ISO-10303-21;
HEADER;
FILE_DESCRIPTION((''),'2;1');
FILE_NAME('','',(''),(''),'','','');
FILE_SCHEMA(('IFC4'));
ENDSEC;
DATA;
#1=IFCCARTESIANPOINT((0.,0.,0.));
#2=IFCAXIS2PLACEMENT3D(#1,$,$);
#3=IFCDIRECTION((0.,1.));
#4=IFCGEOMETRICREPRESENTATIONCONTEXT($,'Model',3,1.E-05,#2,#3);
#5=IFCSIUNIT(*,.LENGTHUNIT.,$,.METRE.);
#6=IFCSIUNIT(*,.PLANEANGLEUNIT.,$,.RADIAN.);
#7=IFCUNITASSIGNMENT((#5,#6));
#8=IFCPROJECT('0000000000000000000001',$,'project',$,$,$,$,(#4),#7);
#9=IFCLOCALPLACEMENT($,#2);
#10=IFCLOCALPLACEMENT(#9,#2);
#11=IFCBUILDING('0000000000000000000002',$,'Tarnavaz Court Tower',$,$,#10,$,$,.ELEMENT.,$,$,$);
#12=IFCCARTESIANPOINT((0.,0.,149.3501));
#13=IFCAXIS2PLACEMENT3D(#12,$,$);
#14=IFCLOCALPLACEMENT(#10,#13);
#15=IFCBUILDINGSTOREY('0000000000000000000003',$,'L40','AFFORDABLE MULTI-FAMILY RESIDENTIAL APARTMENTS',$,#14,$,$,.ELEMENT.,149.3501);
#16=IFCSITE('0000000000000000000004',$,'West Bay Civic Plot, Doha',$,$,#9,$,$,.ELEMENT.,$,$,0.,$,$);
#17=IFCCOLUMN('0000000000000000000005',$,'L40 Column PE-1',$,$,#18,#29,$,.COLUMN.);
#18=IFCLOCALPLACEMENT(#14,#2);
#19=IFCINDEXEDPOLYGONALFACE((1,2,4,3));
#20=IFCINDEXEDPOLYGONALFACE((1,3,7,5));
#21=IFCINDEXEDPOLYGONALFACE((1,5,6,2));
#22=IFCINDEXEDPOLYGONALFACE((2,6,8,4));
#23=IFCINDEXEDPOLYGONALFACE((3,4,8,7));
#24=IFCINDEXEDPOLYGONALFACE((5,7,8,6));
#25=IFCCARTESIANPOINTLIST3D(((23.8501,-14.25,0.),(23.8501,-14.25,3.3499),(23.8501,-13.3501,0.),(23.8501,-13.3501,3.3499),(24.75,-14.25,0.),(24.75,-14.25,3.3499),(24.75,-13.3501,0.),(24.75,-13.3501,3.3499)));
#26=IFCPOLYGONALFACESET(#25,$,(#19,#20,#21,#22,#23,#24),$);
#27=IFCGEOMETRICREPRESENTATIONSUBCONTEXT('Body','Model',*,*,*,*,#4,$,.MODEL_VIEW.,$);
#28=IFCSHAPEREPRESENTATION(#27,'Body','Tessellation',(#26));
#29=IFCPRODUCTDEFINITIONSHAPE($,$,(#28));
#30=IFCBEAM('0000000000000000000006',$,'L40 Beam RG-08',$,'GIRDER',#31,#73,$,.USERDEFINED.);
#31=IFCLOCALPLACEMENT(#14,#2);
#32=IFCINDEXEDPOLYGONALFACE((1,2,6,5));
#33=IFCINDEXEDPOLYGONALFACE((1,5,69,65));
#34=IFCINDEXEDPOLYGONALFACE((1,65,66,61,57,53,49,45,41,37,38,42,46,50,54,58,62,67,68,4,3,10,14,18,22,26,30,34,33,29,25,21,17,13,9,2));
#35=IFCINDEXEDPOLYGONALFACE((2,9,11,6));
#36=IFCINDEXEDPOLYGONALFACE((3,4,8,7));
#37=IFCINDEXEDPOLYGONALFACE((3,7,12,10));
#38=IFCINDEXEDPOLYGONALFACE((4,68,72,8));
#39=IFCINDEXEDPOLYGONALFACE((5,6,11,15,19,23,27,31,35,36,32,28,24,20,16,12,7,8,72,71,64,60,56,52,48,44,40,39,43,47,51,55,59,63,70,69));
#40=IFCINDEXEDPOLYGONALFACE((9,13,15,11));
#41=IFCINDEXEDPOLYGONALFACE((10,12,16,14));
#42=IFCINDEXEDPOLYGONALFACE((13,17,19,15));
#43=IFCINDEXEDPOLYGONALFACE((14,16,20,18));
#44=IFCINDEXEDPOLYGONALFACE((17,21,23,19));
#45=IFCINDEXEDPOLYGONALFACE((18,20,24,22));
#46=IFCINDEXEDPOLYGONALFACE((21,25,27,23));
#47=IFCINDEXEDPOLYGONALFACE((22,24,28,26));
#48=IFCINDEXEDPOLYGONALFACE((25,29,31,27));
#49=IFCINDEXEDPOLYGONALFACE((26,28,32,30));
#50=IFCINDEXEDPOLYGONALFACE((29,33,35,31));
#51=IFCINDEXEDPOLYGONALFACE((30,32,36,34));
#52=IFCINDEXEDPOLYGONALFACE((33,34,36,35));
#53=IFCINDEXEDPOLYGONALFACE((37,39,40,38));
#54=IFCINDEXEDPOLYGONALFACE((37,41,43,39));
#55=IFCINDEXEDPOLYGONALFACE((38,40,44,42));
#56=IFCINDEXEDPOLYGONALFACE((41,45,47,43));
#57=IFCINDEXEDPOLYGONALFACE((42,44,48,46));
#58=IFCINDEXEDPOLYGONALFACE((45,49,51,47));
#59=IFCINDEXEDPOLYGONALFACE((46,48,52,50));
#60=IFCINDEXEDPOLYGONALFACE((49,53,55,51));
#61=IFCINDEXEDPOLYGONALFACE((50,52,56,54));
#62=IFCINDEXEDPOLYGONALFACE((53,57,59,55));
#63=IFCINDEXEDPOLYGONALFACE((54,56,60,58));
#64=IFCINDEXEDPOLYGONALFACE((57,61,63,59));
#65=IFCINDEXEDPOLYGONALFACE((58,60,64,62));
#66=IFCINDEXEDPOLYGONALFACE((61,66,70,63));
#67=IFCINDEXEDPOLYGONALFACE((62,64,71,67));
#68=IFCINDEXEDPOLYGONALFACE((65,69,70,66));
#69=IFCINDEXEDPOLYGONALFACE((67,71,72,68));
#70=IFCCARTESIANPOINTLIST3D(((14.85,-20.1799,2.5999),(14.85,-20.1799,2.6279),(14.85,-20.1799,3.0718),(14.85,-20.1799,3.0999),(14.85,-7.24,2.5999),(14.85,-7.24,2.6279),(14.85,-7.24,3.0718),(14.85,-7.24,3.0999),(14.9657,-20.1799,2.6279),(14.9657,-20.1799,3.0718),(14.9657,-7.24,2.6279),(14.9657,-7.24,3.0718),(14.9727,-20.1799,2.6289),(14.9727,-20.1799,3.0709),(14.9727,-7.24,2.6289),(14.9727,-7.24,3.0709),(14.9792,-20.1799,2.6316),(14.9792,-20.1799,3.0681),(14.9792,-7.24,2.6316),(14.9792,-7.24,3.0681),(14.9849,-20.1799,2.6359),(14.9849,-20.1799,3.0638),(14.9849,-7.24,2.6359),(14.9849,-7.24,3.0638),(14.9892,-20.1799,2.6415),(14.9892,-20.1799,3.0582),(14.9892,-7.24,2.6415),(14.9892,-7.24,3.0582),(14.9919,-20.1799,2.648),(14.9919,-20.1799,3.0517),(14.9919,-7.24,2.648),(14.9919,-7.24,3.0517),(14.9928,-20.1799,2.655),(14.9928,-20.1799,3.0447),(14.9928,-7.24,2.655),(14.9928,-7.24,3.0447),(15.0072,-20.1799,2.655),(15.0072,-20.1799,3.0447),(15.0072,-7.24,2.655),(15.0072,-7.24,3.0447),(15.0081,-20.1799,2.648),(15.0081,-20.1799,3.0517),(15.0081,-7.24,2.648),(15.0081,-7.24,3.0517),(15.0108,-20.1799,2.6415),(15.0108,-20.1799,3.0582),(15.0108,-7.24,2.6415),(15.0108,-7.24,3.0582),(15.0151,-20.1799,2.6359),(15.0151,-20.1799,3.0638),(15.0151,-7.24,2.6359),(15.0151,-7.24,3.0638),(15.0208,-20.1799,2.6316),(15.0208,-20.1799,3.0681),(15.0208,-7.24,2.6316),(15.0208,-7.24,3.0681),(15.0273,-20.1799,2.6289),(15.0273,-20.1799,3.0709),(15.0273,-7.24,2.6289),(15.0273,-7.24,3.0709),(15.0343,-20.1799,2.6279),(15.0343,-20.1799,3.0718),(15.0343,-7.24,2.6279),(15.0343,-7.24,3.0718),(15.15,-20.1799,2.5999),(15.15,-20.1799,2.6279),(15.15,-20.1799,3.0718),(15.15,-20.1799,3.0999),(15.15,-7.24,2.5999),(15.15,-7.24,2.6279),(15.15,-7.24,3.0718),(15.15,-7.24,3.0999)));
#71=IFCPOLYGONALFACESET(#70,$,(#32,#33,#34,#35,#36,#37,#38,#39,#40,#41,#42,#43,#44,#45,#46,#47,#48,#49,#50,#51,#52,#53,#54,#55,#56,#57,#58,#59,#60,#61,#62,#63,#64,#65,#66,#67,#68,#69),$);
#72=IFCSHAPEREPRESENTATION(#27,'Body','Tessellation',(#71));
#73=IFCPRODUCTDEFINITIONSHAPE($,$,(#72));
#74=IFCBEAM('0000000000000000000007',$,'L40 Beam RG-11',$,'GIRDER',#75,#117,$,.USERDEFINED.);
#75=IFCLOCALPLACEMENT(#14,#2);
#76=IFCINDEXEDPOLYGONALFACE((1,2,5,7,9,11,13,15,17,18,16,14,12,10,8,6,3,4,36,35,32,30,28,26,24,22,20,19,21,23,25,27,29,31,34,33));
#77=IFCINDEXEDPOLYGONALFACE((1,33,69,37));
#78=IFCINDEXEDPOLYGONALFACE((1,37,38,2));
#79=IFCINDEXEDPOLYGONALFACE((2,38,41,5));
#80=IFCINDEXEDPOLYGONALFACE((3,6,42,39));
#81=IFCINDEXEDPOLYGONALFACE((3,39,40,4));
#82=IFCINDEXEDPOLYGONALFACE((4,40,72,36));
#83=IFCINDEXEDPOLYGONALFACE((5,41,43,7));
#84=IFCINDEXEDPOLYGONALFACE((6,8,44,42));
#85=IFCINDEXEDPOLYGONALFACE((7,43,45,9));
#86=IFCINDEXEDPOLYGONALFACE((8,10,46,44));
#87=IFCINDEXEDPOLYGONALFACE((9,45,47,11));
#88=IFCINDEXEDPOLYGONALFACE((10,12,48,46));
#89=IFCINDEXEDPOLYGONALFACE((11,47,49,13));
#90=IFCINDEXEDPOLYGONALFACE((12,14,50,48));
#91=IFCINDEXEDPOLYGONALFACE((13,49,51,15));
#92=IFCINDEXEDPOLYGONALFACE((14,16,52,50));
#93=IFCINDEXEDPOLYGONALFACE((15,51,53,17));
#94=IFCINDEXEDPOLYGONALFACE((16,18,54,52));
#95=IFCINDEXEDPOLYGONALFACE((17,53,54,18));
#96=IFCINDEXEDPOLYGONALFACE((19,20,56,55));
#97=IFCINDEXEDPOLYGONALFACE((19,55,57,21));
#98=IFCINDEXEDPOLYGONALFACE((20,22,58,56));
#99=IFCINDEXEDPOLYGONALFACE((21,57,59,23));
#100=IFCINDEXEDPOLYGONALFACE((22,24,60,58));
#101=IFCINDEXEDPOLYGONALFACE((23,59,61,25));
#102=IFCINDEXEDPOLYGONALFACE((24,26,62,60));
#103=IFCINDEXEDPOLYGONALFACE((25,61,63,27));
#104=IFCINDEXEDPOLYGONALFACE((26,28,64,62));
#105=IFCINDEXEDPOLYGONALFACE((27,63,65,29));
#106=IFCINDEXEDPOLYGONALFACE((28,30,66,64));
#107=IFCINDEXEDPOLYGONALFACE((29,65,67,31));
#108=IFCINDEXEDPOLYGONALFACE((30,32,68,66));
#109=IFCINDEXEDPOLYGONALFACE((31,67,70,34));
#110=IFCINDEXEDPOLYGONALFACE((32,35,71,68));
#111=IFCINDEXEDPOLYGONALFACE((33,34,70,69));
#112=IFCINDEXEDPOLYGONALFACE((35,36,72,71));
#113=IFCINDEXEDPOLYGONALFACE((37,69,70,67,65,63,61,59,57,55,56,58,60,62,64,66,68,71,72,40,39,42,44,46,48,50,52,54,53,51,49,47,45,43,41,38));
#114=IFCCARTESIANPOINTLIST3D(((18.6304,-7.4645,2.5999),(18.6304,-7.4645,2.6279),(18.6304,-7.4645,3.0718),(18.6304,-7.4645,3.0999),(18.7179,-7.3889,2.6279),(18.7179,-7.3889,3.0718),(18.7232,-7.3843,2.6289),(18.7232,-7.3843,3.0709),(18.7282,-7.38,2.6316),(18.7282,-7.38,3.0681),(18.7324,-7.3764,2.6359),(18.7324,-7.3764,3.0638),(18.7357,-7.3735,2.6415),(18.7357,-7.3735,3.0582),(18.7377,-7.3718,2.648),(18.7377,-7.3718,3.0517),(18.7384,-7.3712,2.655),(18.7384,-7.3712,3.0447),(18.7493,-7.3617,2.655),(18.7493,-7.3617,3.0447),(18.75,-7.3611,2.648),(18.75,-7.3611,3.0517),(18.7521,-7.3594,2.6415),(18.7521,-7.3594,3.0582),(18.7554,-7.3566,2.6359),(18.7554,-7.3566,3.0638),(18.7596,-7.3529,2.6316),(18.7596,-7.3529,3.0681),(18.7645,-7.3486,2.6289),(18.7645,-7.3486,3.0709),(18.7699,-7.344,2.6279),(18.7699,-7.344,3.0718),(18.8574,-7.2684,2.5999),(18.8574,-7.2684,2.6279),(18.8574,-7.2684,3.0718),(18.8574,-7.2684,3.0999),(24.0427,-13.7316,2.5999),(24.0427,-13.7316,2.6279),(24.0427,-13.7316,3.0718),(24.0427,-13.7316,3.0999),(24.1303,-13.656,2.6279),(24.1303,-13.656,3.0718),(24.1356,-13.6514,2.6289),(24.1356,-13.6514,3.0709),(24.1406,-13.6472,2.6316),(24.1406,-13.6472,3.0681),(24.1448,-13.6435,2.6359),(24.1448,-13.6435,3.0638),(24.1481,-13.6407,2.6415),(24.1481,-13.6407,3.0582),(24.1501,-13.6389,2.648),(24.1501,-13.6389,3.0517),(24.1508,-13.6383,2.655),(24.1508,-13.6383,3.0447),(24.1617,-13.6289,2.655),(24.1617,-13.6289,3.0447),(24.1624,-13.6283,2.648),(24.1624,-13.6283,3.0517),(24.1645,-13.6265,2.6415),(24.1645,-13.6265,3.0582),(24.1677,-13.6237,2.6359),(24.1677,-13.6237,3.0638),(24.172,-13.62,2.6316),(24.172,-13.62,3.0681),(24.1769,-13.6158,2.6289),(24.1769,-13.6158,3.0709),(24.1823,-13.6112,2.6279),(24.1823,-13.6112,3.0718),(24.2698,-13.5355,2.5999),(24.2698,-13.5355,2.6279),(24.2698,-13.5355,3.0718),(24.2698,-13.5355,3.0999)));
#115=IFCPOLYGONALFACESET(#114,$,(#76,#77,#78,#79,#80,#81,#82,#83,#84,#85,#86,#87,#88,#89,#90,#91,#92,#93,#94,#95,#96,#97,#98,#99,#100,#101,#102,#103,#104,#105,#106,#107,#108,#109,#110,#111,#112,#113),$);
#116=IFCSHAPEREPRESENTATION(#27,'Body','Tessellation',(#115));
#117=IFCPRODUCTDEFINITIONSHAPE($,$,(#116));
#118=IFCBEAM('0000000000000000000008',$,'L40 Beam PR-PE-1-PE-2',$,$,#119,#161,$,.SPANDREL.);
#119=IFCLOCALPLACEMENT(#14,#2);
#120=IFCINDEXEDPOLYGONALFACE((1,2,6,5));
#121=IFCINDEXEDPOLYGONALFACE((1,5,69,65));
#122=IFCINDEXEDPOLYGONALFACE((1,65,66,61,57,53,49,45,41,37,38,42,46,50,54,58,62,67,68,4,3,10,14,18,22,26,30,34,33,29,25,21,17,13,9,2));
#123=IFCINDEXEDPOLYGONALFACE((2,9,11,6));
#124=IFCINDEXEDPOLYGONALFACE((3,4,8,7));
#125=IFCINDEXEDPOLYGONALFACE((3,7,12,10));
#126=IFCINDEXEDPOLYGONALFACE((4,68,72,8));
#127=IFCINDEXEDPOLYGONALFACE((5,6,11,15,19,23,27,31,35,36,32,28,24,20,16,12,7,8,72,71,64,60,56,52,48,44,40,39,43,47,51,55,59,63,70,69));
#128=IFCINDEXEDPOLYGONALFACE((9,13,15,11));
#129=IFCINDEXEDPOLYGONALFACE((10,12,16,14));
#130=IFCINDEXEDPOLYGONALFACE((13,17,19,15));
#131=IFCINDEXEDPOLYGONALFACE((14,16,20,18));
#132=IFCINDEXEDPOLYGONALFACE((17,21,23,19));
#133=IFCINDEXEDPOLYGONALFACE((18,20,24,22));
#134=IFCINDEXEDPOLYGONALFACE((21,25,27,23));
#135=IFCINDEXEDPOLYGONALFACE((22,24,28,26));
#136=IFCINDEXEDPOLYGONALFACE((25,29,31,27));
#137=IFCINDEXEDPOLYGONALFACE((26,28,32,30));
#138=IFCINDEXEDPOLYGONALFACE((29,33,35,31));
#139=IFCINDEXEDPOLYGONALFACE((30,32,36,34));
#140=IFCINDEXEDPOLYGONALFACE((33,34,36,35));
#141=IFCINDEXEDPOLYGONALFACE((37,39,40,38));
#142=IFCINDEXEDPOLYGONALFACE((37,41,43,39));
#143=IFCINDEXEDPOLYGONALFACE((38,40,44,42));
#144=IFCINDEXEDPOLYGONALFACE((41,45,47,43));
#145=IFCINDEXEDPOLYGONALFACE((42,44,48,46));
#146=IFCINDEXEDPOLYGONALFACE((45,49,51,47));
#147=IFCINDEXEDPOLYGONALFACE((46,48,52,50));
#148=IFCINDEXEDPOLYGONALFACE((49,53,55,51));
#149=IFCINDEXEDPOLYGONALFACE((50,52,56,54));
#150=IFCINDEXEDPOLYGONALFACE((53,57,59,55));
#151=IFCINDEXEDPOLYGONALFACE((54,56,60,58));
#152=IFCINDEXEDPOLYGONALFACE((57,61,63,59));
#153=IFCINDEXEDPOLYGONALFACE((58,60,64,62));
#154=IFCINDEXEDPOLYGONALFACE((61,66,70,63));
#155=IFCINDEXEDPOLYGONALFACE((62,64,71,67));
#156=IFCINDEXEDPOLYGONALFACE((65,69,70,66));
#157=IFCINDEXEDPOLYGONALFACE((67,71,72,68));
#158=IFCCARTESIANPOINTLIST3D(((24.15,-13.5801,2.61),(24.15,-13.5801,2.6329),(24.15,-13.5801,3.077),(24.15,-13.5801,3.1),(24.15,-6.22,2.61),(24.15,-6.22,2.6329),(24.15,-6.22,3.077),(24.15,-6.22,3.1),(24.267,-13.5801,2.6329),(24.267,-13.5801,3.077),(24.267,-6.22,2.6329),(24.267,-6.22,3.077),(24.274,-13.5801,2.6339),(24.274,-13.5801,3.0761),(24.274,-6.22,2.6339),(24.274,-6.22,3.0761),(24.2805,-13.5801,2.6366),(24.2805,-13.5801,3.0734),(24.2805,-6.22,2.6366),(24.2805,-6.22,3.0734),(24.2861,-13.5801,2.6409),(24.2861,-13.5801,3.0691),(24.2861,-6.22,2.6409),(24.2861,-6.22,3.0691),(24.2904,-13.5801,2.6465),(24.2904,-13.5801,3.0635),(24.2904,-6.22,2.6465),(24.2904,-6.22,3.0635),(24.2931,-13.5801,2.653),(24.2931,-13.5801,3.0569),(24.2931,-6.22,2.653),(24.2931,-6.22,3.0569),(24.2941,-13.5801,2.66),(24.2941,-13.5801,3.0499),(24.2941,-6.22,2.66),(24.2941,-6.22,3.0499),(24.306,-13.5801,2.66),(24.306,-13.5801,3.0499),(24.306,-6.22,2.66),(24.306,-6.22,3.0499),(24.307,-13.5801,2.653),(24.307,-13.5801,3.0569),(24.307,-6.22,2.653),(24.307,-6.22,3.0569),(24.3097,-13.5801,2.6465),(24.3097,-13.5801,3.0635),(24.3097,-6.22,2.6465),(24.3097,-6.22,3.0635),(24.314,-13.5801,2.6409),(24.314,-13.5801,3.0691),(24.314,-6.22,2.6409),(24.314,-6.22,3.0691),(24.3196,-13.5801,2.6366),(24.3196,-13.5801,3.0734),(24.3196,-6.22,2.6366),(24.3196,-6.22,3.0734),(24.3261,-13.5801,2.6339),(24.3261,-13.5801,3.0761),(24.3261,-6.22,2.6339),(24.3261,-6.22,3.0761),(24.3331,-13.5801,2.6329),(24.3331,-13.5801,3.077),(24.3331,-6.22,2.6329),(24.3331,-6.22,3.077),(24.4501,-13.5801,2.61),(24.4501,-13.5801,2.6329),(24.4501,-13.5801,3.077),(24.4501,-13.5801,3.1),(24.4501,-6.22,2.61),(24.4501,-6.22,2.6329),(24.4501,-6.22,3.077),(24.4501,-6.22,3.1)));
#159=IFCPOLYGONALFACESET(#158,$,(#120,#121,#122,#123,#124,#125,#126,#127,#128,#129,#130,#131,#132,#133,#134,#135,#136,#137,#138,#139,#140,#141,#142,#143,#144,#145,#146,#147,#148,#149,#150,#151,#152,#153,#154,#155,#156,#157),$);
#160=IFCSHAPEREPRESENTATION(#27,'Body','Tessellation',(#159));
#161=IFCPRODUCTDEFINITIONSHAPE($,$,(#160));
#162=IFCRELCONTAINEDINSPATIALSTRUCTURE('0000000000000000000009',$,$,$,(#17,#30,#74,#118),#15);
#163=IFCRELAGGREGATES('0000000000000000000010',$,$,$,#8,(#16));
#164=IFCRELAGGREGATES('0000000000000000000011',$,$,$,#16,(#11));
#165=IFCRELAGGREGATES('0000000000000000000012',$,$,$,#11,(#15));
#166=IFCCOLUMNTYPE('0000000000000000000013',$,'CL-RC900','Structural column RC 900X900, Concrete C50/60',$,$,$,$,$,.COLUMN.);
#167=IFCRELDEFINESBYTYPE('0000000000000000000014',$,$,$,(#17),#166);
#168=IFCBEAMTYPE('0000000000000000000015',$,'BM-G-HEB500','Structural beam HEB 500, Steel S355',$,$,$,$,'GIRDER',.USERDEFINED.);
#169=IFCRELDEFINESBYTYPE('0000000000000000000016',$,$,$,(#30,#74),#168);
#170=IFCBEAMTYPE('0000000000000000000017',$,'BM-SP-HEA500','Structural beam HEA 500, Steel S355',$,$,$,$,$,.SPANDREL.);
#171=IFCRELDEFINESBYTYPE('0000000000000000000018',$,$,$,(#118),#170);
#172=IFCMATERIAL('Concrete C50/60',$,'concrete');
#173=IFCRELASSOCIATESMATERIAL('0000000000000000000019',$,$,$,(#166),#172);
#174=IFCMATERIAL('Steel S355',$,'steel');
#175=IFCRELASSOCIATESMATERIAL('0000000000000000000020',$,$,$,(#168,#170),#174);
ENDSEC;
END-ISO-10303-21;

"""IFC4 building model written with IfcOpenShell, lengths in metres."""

from ifc_helpers import new_model, si_unit, direction, frame, origin, origin_2d, place, context, subcontext, project, spatial, rectangle, i_section, extrude, material, material_profile, profile_set, type_object, element, save


model = new_model("IFC4")

# Units and contexts
model_context = context("Model", 3, precision=1e-05, world=origin(), true_north=direction((0.0, 1.0)))
body_context = subcontext(model_context, "Body", "Model", "MODEL_VIEW")
ifc_project = project(units=[si_unit("LENGTHUNIT", "METRE"), si_unit("PLANEANGLEUNIT", "RADIAN")], contexts=[model_context])

# Site, building, storey
site_placement = place(None, origin())
site = spatial("IfcSite", under=ifc_project, at=site_placement, Name="West Bay Civic Plot, Doha", CompositionType="ELEMENT", RefElevation=0.0)
building_placement = place(site_placement, origin())
building = spatial("IfcBuilding", under=site, at=building_placement, Name="Tarnavaz Court Tower", CompositionType="ELEMENT")
storey_placement = place(building_placement, frame((0.0, 0.0, 149.3501)))
storey = spatial("IfcBuildingStorey", under=building, at=storey_placement, Name="L40", Description="AFFORDABLE MULTI-FAMILY RESIDENTIAL APARTMENTS", CompositionType="ELEMENT", Elevation=149.3501)

# Column
ifc_material_1 = material(Name="Concrete C50/60", Category="concrete")
ifc_material_profile_1 = material_profile(ifc_material_1, rectangle(XDim=0.8999, YDim=0.8999, at=origin_2d()), Name="RC 900X900")
ifc_profile_set_1 = profile_set([ifc_material_profile_1], Name="Concrete C50/60")
column_type = type_object("IfcColumnType", Name="CL-RC900", Description="Structural column RC 900X900, Concrete C50/60", PredefinedType="COLUMN", material=ifc_profile_set_1)
column_placement = place(storey_placement, frame((24.3, -13.8, 0.0), z_axis=(0.0, 0.0, 1.0), x_axis=(1.0, 0.0, 0.0)))
element("IfcColumn", 1, at=column_placement, inside=storey, type_object=column_type, Name="L40 Column PE-1", PredefinedType="COLUMN", context=body_context, shape_type="SweptSolid", body=[
    extrude(rectangle(XDim=0.8999, YDim=0.8999, at=origin_2d()), origin(), (0.0, 0.0, 1.0), 3.3499),
])

# Beams
ifc_material_2 = material(Name="Steel S355", Category="steel")
ifc_material_profile_2 = material_profile(ifc_material_2, i_section(OverallWidth=0.3, OverallDepth=0.5, WebThickness=0.0144, FlangeThickness=0.0281, FilletRadius=0.0271, at=origin_2d()), Name="HEB 500")
ifc_profile_set_2 = profile_set([ifc_material_profile_2], Name="Steel S355")
beam_type_1 = type_object("IfcBeamType", Name="BM-G-HEB500", Description="Structural beam HEB 500, Steel S355", ElementType="GIRDER", PredefinedType="USERDEFINED", material=ifc_profile_set_2)
beam_1_placement = place(storey_placement, frame((15.0, -7.24, 2.8499), z_axis=(0.0, -1.0, 0.0), x_axis=(1.0, 0.0, 0.0)))
element("IfcBeam", 2, at=beam_1_placement, inside=storey, type_object=beam_type_1, Name="L40 Beam RG-08", ObjectType="GIRDER", PredefinedType="USERDEFINED", context=body_context, shape_type="SweptSolid", body=[
    extrude(i_section(OverallWidth=0.3, OverallDepth=0.5, WebThickness=0.0144, FlangeThickness=0.0281, FilletRadius=0.0271, at=origin_2d()), origin(), (0.0, 0.0, 1.0), 12.9399),
])
beam_2_placement = place(storey_placement, frame((18.7439, -7.3665, 2.8499), z_axis=(0.653611, -0.756831, 0.0), x_axis=(0.756831, 0.653611, 0.0)))
element("IfcBeam", 3, at=beam_2_placement, inside=storey, type_object=beam_type_1, Name="L40 Beam RG-11", ObjectType="GIRDER", PredefinedType="USERDEFINED", context=body_context, shape_type="SweptSolid", body=[
    extrude(i_section(OverallWidth=0.3, OverallDepth=0.5, WebThickness=0.0144, FlangeThickness=0.0281, FilletRadius=0.0271, at=origin_2d()), origin(), (0.0, 0.0, 1.0), 8.2808),
])
ifc_material_profile_3 = material_profile(ifc_material_2, i_section(OverallWidth=0.3, OverallDepth=0.49, WebThickness=0.012, FlangeThickness=0.0229, FilletRadius=0.0271, at=origin_2d()), Name="HEA 500")
ifc_profile_set_3 = profile_set([ifc_material_profile_3], Name="Steel S355")
beam_type_2 = type_object("IfcBeamType", Name="BM-SP-HEA500", Description="Structural beam HEA 500, Steel S355", PredefinedType="SPANDREL", material=ifc_profile_set_3)
beam_3_placement = place(storey_placement, frame((24.3, -13.5801, 2.855), z_axis=(0.0, 1.0, 0.0), x_axis=(-1.0, 0.0, 0.0)))
element("IfcBeam", 4, at=beam_3_placement, inside=storey, type_object=beam_type_2, Name="L40 Beam PR-PE-1-PE-2", PredefinedType="SPANDREL", context=body_context, shape_type="SweptSolid", body=[
    extrude(i_section(OverallWidth=0.3, OverallDepth=0.49, WebThickness=0.012, FlangeThickness=0.0229, FilletRadius=0.0271, at=origin_2d()), origin(), (0.0, 0.0, 1.0), 7.3601),
])

save(model, "model.ifc")
